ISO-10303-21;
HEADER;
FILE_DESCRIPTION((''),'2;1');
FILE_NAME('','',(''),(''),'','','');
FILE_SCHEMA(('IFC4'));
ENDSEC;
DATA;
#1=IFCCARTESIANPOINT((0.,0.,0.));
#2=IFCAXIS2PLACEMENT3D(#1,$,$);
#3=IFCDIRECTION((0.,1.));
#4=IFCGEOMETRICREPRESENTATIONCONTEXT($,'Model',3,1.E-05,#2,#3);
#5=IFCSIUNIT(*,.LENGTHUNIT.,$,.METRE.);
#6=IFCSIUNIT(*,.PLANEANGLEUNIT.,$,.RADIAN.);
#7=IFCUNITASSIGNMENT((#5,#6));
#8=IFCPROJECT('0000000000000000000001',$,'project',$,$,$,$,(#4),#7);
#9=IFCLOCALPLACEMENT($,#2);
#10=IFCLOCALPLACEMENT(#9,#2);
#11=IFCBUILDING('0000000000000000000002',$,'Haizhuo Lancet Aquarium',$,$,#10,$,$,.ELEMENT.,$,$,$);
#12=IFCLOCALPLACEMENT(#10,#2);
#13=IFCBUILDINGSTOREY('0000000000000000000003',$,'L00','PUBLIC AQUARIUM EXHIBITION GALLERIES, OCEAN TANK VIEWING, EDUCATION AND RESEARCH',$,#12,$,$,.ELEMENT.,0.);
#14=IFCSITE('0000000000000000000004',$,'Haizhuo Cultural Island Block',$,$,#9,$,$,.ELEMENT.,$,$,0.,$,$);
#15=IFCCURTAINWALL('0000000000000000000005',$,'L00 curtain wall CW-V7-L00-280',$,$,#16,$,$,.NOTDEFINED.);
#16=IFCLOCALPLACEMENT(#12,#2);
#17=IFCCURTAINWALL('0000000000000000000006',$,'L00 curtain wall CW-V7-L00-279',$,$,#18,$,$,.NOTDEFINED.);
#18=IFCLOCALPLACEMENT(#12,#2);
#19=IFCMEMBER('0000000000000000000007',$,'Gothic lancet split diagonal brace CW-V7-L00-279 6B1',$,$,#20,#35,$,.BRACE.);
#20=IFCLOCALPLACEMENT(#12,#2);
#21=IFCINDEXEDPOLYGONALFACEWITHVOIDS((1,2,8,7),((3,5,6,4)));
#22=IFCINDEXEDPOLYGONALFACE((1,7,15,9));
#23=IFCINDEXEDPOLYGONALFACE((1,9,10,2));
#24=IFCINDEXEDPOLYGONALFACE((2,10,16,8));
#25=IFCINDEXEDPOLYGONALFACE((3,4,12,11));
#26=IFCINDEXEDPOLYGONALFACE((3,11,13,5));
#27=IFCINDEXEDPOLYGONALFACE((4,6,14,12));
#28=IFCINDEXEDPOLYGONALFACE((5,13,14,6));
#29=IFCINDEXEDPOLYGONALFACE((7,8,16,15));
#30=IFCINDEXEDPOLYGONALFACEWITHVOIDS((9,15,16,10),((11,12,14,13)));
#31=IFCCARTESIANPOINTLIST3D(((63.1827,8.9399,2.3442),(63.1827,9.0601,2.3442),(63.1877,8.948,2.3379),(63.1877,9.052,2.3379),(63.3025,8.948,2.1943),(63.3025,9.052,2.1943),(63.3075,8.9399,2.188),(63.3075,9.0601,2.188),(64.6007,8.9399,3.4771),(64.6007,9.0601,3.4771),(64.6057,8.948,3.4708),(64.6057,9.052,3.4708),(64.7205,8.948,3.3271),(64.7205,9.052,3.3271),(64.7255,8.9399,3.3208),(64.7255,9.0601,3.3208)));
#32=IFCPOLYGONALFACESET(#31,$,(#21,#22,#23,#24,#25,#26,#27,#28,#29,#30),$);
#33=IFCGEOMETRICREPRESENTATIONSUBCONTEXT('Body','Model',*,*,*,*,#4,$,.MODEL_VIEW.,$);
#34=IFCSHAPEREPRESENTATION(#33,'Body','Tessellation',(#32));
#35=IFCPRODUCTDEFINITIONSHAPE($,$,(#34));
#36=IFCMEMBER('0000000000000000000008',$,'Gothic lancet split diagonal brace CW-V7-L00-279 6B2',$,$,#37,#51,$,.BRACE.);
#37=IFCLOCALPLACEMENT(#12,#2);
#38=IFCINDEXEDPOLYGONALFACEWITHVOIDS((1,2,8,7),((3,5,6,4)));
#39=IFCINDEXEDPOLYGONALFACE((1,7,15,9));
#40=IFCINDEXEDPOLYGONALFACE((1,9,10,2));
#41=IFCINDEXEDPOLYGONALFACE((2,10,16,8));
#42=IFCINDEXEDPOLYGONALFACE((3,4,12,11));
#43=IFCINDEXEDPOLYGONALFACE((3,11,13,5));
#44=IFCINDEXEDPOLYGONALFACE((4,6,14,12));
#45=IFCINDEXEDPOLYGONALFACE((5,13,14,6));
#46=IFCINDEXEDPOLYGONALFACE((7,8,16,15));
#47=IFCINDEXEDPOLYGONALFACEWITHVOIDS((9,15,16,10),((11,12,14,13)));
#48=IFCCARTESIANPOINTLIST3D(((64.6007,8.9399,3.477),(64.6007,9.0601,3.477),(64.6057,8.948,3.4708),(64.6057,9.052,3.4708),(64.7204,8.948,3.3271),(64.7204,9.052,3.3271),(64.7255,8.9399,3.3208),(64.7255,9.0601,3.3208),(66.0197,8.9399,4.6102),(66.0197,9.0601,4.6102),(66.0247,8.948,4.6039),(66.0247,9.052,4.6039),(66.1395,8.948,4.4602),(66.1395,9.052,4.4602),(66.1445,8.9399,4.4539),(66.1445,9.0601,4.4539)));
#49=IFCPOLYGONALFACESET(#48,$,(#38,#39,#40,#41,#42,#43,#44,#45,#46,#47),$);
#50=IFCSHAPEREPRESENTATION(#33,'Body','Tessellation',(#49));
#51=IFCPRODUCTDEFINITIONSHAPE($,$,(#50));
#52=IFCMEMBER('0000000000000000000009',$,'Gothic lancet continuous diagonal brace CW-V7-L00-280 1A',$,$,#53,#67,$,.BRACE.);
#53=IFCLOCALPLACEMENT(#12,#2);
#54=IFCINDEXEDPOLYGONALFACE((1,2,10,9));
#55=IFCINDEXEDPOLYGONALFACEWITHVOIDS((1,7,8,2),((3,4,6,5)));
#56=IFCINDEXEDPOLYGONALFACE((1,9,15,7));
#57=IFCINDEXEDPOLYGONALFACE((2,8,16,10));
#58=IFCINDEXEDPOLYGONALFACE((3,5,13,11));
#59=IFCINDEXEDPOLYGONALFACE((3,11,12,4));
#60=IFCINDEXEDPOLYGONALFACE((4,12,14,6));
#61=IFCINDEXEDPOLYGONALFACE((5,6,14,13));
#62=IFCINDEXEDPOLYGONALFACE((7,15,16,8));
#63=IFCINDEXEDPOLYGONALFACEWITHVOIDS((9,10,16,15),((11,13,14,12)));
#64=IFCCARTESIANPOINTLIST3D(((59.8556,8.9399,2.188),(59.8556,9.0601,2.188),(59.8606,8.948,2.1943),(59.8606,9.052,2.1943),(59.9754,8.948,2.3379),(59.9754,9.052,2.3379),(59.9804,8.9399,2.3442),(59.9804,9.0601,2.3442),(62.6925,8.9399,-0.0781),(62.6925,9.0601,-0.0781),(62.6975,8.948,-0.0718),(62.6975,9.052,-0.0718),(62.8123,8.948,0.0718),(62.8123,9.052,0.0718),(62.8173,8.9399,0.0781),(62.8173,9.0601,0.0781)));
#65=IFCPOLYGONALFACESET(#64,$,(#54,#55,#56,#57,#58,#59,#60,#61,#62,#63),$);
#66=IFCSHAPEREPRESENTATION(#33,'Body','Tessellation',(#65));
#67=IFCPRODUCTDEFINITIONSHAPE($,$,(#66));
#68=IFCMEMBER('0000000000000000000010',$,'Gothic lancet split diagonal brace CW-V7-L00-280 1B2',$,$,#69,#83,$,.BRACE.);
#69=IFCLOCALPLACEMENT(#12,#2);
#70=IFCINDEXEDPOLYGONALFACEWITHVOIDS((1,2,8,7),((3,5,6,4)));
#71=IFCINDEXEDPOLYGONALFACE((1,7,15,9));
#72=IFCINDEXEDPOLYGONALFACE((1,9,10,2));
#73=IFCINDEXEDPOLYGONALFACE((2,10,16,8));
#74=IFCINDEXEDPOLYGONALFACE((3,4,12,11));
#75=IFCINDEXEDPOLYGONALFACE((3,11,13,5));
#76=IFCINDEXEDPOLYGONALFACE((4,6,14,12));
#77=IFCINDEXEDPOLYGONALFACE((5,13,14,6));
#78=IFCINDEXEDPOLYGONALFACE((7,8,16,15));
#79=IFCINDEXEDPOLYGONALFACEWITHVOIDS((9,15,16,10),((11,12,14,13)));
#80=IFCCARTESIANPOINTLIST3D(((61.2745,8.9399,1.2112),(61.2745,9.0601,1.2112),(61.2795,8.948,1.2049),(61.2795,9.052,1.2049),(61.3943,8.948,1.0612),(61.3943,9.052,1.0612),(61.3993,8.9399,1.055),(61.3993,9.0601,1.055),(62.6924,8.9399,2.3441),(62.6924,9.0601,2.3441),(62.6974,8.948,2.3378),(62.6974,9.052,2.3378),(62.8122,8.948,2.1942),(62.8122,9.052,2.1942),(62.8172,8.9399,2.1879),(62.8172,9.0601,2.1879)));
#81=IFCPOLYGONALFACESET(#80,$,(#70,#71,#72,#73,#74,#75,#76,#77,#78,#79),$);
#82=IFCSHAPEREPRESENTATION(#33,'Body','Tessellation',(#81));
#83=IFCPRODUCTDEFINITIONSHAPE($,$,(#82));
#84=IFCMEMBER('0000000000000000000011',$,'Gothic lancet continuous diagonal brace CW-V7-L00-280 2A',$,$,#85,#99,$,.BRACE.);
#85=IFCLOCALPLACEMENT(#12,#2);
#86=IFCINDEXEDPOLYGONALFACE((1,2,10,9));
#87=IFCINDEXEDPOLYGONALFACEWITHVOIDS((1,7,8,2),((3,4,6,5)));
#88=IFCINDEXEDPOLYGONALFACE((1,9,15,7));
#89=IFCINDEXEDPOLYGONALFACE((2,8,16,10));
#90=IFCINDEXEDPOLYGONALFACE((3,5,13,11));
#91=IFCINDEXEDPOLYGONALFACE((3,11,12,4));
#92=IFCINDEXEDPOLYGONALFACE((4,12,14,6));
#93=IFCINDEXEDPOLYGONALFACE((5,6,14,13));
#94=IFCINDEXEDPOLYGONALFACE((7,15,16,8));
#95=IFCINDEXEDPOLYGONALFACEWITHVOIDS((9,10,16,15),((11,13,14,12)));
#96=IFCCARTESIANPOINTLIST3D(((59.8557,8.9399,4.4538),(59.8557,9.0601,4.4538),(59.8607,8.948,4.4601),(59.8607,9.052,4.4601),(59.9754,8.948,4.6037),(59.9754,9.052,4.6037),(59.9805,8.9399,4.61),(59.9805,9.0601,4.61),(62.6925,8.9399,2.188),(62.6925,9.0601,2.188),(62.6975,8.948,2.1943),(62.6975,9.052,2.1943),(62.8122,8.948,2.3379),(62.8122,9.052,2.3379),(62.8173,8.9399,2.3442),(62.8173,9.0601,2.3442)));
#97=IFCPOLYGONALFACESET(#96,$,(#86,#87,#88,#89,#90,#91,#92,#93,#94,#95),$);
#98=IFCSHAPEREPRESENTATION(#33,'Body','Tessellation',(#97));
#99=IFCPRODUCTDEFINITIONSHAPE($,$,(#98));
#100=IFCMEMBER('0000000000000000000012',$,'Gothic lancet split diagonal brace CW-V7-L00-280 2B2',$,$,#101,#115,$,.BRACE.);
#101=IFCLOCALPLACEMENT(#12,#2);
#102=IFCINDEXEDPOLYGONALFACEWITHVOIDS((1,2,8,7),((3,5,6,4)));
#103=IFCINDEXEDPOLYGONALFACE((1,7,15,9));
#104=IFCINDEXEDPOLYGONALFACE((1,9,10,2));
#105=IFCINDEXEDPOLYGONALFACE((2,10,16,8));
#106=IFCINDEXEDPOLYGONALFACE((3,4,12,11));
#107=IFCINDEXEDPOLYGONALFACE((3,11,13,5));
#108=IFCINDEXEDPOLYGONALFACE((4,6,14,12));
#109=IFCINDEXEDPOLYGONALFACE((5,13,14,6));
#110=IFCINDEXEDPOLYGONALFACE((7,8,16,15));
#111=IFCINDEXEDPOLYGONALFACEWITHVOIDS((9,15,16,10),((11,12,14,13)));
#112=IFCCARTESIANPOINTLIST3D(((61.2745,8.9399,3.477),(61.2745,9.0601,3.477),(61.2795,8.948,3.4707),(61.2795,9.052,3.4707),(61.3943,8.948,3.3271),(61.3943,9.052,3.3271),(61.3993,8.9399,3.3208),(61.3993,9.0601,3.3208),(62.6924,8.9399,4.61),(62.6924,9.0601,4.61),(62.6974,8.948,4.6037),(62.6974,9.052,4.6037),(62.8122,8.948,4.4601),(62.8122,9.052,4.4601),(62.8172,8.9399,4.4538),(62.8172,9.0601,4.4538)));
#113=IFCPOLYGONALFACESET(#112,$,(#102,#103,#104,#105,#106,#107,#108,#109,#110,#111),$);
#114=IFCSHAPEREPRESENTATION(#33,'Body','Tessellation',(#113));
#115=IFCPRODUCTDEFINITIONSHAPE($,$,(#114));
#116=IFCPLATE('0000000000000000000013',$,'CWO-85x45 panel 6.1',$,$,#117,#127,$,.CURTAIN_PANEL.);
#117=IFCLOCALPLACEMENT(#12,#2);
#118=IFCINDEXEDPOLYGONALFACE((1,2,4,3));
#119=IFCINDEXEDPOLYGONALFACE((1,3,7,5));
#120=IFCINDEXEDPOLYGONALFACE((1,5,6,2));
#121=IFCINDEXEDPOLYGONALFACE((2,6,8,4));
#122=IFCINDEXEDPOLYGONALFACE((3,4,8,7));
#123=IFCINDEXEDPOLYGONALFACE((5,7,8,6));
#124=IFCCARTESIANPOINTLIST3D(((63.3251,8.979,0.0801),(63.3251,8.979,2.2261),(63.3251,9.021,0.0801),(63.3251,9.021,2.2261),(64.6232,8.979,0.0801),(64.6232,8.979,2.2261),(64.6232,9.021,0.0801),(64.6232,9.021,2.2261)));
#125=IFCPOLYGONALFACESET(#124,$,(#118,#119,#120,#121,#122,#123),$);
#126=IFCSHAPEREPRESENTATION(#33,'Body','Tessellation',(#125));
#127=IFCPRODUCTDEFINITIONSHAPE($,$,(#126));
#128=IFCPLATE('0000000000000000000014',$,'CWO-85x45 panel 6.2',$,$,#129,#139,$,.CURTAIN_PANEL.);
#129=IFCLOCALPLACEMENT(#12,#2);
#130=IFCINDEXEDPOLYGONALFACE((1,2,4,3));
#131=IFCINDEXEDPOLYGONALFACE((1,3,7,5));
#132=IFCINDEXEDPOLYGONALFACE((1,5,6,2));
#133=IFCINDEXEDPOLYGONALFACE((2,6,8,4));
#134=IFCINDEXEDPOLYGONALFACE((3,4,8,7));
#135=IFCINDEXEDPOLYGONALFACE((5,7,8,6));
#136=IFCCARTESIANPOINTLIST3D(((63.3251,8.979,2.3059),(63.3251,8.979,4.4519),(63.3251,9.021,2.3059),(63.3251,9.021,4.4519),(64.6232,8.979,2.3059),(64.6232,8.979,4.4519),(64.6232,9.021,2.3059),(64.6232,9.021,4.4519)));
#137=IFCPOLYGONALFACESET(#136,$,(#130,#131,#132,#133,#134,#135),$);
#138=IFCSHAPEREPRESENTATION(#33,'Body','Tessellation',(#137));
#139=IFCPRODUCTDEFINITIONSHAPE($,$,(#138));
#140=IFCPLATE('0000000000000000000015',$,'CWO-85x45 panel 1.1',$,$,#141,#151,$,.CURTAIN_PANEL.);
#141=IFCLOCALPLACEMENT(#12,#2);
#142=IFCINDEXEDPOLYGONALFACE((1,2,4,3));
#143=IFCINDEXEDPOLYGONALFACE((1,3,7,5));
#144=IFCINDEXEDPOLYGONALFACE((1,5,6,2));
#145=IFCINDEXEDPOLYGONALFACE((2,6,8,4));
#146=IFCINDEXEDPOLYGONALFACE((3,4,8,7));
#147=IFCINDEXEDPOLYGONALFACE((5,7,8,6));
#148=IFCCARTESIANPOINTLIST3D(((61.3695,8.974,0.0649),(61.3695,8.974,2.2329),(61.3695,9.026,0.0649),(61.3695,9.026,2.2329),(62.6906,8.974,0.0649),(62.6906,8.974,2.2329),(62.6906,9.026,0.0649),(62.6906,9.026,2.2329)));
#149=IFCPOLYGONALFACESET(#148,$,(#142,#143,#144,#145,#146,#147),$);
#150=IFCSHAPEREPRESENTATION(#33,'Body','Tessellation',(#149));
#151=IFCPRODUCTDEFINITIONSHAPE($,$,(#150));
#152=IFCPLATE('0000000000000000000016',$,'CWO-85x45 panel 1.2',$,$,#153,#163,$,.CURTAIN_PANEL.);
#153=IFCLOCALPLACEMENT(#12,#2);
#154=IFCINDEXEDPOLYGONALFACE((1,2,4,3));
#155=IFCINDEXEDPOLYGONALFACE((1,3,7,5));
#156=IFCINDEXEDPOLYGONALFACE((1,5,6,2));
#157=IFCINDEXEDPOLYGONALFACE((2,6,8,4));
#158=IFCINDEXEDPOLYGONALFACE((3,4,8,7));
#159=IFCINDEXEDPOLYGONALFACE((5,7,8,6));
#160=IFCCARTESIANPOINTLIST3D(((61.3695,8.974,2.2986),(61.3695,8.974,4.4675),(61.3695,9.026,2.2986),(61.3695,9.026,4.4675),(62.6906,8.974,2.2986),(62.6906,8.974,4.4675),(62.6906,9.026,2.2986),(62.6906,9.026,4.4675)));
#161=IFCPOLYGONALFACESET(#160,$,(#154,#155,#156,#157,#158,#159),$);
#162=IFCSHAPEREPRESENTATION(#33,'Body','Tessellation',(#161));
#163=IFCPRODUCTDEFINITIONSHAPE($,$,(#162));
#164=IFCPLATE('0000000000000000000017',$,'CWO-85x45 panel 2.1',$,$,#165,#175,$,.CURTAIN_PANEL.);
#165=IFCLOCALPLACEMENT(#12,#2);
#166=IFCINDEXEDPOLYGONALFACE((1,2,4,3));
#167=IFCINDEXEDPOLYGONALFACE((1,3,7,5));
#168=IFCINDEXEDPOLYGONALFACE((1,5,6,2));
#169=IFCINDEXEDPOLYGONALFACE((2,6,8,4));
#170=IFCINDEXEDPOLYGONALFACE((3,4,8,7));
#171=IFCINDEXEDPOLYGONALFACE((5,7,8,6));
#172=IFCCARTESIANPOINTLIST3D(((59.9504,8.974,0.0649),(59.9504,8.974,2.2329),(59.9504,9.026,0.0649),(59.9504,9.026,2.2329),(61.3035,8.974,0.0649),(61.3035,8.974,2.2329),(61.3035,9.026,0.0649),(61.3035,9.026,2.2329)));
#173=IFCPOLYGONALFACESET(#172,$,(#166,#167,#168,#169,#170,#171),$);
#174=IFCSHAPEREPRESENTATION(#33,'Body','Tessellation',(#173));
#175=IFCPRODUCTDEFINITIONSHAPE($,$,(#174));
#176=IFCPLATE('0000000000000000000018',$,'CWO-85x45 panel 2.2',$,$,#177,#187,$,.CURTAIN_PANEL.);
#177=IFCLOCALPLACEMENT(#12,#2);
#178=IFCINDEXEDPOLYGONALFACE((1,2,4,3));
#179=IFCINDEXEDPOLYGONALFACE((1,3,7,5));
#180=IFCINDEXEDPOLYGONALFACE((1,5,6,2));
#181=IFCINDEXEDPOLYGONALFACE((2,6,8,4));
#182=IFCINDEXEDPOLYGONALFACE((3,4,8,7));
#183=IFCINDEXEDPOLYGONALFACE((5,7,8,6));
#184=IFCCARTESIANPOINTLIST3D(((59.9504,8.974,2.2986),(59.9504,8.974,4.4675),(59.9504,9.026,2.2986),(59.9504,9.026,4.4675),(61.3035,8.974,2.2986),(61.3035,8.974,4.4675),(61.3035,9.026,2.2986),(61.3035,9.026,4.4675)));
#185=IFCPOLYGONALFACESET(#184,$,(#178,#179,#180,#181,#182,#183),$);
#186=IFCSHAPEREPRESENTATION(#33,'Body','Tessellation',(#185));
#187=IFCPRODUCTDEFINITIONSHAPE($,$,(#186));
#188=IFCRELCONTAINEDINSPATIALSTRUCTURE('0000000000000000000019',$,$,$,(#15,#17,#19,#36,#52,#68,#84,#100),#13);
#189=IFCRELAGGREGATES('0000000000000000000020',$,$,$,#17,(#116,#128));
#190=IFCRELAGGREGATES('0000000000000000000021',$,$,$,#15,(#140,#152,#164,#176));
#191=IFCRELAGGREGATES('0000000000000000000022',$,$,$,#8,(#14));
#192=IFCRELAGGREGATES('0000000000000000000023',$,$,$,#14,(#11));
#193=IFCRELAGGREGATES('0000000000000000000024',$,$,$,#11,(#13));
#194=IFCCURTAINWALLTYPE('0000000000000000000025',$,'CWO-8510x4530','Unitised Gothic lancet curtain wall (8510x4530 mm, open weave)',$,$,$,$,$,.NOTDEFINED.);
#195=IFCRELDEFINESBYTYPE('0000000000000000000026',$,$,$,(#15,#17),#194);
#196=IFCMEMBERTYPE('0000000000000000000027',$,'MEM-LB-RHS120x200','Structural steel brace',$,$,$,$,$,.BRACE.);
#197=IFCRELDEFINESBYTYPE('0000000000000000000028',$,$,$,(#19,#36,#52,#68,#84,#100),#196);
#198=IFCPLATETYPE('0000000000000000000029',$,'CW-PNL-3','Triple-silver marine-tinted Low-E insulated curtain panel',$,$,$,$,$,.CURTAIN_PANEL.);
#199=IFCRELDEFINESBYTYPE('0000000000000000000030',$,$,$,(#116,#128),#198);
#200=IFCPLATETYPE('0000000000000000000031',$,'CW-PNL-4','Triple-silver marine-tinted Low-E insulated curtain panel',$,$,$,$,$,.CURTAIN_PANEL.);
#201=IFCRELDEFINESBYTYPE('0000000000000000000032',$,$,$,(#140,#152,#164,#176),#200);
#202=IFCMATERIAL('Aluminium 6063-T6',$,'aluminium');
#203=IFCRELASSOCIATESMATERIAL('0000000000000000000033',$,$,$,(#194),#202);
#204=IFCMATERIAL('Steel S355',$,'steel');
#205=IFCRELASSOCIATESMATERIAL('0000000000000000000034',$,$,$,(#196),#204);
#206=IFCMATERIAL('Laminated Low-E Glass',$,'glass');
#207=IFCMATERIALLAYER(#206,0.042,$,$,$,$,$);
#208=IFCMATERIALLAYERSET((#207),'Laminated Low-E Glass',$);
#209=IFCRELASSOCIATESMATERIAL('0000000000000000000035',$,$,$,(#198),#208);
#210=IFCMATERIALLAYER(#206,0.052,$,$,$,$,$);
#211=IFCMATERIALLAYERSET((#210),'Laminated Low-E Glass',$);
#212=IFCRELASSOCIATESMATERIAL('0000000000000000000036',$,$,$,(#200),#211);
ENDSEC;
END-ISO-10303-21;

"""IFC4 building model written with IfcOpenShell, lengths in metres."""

from ifc_helpers import new_model, si_unit, direction, frame, origin, origin_2d, place, context, subcontext, project, spatial, rectangle, hollow_rectangle, extrude, material, layer, layer_set, material_profile, profile_set, type_object, element, aggregate, save


model = new_model("IFC4")

# Units and contexts
model_context = context("Model", 3, precision=1e-05, world=origin(), true_north=direction((0.0, 1.0)))
body_context = subcontext(model_context, "Body", "Model", "MODEL_VIEW")
ifc_project = project(units=[si_unit("LENGTHUNIT", "METRE"), si_unit("PLANEANGLEUNIT", "RADIAN")], contexts=[model_context])

# Site, building, storey
site_placement = place(None, origin())
site = spatial("IfcSite", under=ifc_project, at=site_placement, Name="Haizhuo Cultural Island Block", CompositionType="ELEMENT", RefElevation=0.0)
building_placement = place(site_placement, origin())
building = spatial("IfcBuilding", under=site, at=building_placement, Name="Haizhuo Lancet Aquarium", CompositionType="ELEMENT")
storey_placement = place(building_placement, origin())
storey = spatial("IfcBuildingStorey", under=building, at=storey_placement, Name="L00", Description="PUBLIC AQUARIUM EXHIBITION GALLERIES, OCEAN TANK VIEWING, EDUCATION AND RESEARCH", CompositionType="ELEMENT", Elevation=0.0)

# Shared definitions
ifc_material_1 = material(Name="Steel S355", Category="steel")

# Curtain walls
ifc_material_2 = material(Name="Aluminium 6063-T6", Category="aluminium")
curtain_wall_type = type_object("IfcCurtainWallType", Name="CWO-8510x4530", Description="Unitised Gothic lancet curtain wall (8510x4530 mm, open weave)", PredefinedType="NOTDEFINED", material=ifc_material_2)
curtain_wall_1_placement = place(storey_placement, origin())
curtain_wall_1 = element("IfcCurtainWall", 1, at=curtain_wall_1_placement, inside=storey, type_object=curtain_wall_type, Name="L00 curtain wall CW-V7-L00-280", PredefinedType="NOTDEFINED")
curtain_wall_2_placement = place(storey_placement, origin())
curtain_wall_2 = element("IfcCurtainWall", 2, at=curtain_wall_2_placement, inside=storey, type_object=curtain_wall_type, Name="L00 curtain wall CW-V7-L00-279", PredefinedType="NOTDEFINED")

# Members
ifc_material_profile_1 = material_profile(ifc_material_1, hollow_rectangle(XDim=0.1201, YDim=0.2, WallThickness=0.0081, at=origin_2d()), Name="RHS 120x200x8")
ifc_profile_set_1 = profile_set([ifc_material_profile_1], Name="Steel S355")
member_type_1 = type_object("IfcMemberType", Name="MEM-LB-RHS120x200", Description="Structural steel brace", PredefinedType="BRACE", material=ifc_profile_set_1)
member_1_placement = place(storey_placement, frame((63.2451, 9.0, 2.2661), z_axis=(0.781289, 0.0, 0.62417), x_axis=(0.0, 1.0, 0.0)))
element("IfcMember", 3, at=member_1_placement, inside=storey, type_object=member_type_1, Name="Gothic lancet split diagonal brace CW-V7-L00-279 6B1", PredefinedType="BRACE", context=body_context, shape_type="SweptSolid", body=[
    extrude(hollow_rectangle(XDim=0.1201, YDim=0.2, WallThickness=0.0081, at=origin_2d()), origin(), (0.0, 0.0, 1.0), 1.8149),
])
member_2_placement = place(storey_placement, frame((64.6631, 9.0, 3.3989), z_axis=(0.781433, 0.0, 0.62399), x_axis=(0.0, 1.0, 0.0)))
element("IfcMember", 4, at=member_2_placement, inside=storey, type_object=member_type_1, Name="Gothic lancet split diagonal brace CW-V7-L00-279 6B2", PredefinedType="BRACE", context=body_context, shape_type="SweptSolid", body=[
    extrude(hollow_rectangle(XDim=0.1201, YDim=0.2, WallThickness=0.0081, at=origin_2d()), origin(), (0.0, 0.0, 1.0), 1.8159),
])
member_3_placement = place(storey_placement, frame((62.7549, 9.0, 0.0), z_axis=(-0.781328, 0.0, 0.624121), x_axis=(0.0, -1.0, 0.0)))
element("IfcMember", 5, at=member_3_placement, inside=storey, type_object=member_type_1, Name="Gothic lancet continuous diagonal brace CW-V7-L00-280 1A", PredefinedType="BRACE", context=body_context, shape_type="SweptSolid", body=[
    extrude(hollow_rectangle(XDim=0.1201, YDim=0.2, WallThickness=0.0081, at=origin_2d()), origin(), (0.0, 0.0, 1.0), 3.6309),
])
member_4_placement = place(storey_placement, frame((61.3369, 9.0, 1.1331), z_axis=(0.781223, 0.0, 0.624252), x_axis=(0.0, 1.0, 0.0)))
element("IfcMember", 6, at=member_4_placement, inside=storey, type_object=member_type_1, Name="Gothic lancet split diagonal brace CW-V7-L00-280 1B2", PredefinedType="BRACE", context=body_context, shape_type="SweptSolid", body=[
    extrude(hollow_rectangle(XDim=0.1201, YDim=0.2, WallThickness=0.0081, at=origin_2d()), origin(), (0.0, 0.0, 1.0), 1.8149),
])
member_5_placement = place(storey_placement, frame((62.7549, 9.0, 2.2661), z_axis=(-0.781361, 0.0, 0.62408), x_axis=(0.0, -1.0, 0.0)))
element("IfcMember", 7, at=member_5_placement, inside=storey, type_object=member_type_1, Name="Gothic lancet continuous diagonal brace CW-V7-L00-280 2A", PredefinedType="BRACE", context=body_context, shape_type="SweptSolid", body=[
    extrude(hollow_rectangle(XDim=0.1201, YDim=0.2, WallThickness=0.0081, at=origin_2d()), origin(), (0.0, 0.0, 1.0), 3.6306),
])
member_6_placement = place(storey_placement, frame((61.3369, 9.0, 3.3989), z_axis=(0.781223, 0.0, 0.624252), x_axis=(0.0, 1.0, 0.0)))
element("IfcMember", 8, at=member_6_placement, inside=storey, type_object=member_type_1, Name="Gothic lancet split diagonal brace CW-V7-L00-280 2B2", PredefinedType="BRACE", context=body_context, shape_type="SweptSolid", body=[
    extrude(hollow_rectangle(XDim=0.1201, YDim=0.2, WallThickness=0.0081, at=origin_2d()), origin(), (0.0, 0.0, 1.0), 1.8149),
])

# Plates
ifc_material_3 = material(Name="Laminated Low-E Glass", Category="glass")
ifc_layer_1 = layer(ifc_material_3, 0.042)
ifc_layer_set_1 = layer_set([ifc_layer_1], Name="Laminated Low-E Glass")
plate_type_1 = type_object("IfcPlateType", Name="CW-PNL-3", Description="Triple-silver marine-tinted Low-E insulated curtain panel", PredefinedType="CURTAIN_PANEL", material=ifc_layer_set_1)
plate_1_placement = place(storey_placement, frame((63.9741, 9.0, 0.0801), z_axis=(0.0, 0.0, 1.0), x_axis=(-1.0, 0.0, 0.0)))
plate_1 = element("IfcPlate", 9, at=plate_1_placement, type_object=plate_type_1, Name="CWO-85x45 panel 6.1", PredefinedType="CURTAIN_PANEL", context=body_context, shape_type="SweptSolid", body=[
    extrude(rectangle(XDim=1.2981, YDim=0.042, at=origin_2d()), origin(), (0.0, 0.0, 1.0), 2.146),
])
plate_2_placement = place(storey_placement, frame((63.9741, 9.0, 2.3059), z_axis=(0.0, 0.0, 1.0), x_axis=(-1.0, 0.0, 0.0)))
plate_2 = element("IfcPlate", 10, at=plate_2_placement, type_object=plate_type_1, Name="CWO-85x45 panel 6.2", PredefinedType="CURTAIN_PANEL", context=body_context, shape_type="SweptSolid", body=[
    extrude(rectangle(XDim=1.2981, YDim=0.042, at=origin_2d()), origin(), (0.0, 0.0, 1.0), 2.146),
])
aggregate(curtain_wall_2, [plate_1, plate_2])
ifc_layer_2 = layer(ifc_material_3, 0.052)
ifc_layer_set_2 = layer_set([ifc_layer_2], Name="Laminated Low-E Glass")
plate_type_2 = type_object("IfcPlateType", Name="CW-PNL-4", Description="Triple-silver marine-tinted Low-E insulated curtain panel", PredefinedType="CURTAIN_PANEL", material=ifc_layer_set_2)
plate_3_placement = place(storey_placement, frame((62.03, 9.0, 0.0649), z_axis=(0.0, 0.0, 1.0), x_axis=(-1.0, 0.0, 0.0)))
plate_3 = element("IfcPlate", 11, at=plate_3_placement, type_object=plate_type_2, Name="CWO-85x45 panel 1.1", PredefinedType="CURTAIN_PANEL", context=body_context, shape_type="SweptSolid", body=[
    extrude(rectangle(XDim=1.321, YDim=0.052, at=origin_2d()), origin(), (0.0, 0.0, 1.0), 2.168),
])
plate_4_placement = place(storey_placement, frame((62.03, 9.0, 2.2986), z_axis=(0.0, 0.0, 1.0), x_axis=(-1.0, 0.0, 0.0)))
plate_4 = element("IfcPlate", 12, at=plate_4_placement, type_object=plate_type_2, Name="CWO-85x45 panel 1.2", PredefinedType="CURTAIN_PANEL", context=body_context, shape_type="SweptSolid", body=[
    extrude(rectangle(XDim=1.321, YDim=0.052, at=origin_2d()), origin(), (0.0, 0.0, 1.0), 2.1689),
])
plate_5_placement = place(storey_placement, frame((60.627, 9.0, 0.0649), z_axis=(0.0, 0.0, 1.0), x_axis=(-1.0, 0.0, 0.0)))
plate_5 = element("IfcPlate", 13, at=plate_5_placement, type_object=plate_type_2, Name="CWO-85x45 panel 2.1", PredefinedType="CURTAIN_PANEL", context=body_context, shape_type="SweptSolid", body=[
    extrude(rectangle(XDim=1.353, YDim=0.052, at=origin_2d()), origin(), (0.0, 0.0, 1.0), 2.168),
])
plate_6_placement = place(storey_placement, frame((60.627, 9.0, 2.2986), z_axis=(0.0, 0.0, 1.0), x_axis=(-1.0, 0.0, 0.0)))
plate_6 = element("IfcPlate", 14, at=plate_6_placement, type_object=plate_type_2, Name="CWO-85x45 panel 2.2", PredefinedType="CURTAIN_PANEL", context=body_context, shape_type="SweptSolid", body=[
    extrude(rectangle(XDim=1.353, YDim=0.052, at=origin_2d()), origin(), (0.0, 0.0, 1.0), 2.1689),
])
aggregate(curtain_wall_1, [plate_3, plate_4, plate_5, plate_6])

save(model, "model.ifc")
